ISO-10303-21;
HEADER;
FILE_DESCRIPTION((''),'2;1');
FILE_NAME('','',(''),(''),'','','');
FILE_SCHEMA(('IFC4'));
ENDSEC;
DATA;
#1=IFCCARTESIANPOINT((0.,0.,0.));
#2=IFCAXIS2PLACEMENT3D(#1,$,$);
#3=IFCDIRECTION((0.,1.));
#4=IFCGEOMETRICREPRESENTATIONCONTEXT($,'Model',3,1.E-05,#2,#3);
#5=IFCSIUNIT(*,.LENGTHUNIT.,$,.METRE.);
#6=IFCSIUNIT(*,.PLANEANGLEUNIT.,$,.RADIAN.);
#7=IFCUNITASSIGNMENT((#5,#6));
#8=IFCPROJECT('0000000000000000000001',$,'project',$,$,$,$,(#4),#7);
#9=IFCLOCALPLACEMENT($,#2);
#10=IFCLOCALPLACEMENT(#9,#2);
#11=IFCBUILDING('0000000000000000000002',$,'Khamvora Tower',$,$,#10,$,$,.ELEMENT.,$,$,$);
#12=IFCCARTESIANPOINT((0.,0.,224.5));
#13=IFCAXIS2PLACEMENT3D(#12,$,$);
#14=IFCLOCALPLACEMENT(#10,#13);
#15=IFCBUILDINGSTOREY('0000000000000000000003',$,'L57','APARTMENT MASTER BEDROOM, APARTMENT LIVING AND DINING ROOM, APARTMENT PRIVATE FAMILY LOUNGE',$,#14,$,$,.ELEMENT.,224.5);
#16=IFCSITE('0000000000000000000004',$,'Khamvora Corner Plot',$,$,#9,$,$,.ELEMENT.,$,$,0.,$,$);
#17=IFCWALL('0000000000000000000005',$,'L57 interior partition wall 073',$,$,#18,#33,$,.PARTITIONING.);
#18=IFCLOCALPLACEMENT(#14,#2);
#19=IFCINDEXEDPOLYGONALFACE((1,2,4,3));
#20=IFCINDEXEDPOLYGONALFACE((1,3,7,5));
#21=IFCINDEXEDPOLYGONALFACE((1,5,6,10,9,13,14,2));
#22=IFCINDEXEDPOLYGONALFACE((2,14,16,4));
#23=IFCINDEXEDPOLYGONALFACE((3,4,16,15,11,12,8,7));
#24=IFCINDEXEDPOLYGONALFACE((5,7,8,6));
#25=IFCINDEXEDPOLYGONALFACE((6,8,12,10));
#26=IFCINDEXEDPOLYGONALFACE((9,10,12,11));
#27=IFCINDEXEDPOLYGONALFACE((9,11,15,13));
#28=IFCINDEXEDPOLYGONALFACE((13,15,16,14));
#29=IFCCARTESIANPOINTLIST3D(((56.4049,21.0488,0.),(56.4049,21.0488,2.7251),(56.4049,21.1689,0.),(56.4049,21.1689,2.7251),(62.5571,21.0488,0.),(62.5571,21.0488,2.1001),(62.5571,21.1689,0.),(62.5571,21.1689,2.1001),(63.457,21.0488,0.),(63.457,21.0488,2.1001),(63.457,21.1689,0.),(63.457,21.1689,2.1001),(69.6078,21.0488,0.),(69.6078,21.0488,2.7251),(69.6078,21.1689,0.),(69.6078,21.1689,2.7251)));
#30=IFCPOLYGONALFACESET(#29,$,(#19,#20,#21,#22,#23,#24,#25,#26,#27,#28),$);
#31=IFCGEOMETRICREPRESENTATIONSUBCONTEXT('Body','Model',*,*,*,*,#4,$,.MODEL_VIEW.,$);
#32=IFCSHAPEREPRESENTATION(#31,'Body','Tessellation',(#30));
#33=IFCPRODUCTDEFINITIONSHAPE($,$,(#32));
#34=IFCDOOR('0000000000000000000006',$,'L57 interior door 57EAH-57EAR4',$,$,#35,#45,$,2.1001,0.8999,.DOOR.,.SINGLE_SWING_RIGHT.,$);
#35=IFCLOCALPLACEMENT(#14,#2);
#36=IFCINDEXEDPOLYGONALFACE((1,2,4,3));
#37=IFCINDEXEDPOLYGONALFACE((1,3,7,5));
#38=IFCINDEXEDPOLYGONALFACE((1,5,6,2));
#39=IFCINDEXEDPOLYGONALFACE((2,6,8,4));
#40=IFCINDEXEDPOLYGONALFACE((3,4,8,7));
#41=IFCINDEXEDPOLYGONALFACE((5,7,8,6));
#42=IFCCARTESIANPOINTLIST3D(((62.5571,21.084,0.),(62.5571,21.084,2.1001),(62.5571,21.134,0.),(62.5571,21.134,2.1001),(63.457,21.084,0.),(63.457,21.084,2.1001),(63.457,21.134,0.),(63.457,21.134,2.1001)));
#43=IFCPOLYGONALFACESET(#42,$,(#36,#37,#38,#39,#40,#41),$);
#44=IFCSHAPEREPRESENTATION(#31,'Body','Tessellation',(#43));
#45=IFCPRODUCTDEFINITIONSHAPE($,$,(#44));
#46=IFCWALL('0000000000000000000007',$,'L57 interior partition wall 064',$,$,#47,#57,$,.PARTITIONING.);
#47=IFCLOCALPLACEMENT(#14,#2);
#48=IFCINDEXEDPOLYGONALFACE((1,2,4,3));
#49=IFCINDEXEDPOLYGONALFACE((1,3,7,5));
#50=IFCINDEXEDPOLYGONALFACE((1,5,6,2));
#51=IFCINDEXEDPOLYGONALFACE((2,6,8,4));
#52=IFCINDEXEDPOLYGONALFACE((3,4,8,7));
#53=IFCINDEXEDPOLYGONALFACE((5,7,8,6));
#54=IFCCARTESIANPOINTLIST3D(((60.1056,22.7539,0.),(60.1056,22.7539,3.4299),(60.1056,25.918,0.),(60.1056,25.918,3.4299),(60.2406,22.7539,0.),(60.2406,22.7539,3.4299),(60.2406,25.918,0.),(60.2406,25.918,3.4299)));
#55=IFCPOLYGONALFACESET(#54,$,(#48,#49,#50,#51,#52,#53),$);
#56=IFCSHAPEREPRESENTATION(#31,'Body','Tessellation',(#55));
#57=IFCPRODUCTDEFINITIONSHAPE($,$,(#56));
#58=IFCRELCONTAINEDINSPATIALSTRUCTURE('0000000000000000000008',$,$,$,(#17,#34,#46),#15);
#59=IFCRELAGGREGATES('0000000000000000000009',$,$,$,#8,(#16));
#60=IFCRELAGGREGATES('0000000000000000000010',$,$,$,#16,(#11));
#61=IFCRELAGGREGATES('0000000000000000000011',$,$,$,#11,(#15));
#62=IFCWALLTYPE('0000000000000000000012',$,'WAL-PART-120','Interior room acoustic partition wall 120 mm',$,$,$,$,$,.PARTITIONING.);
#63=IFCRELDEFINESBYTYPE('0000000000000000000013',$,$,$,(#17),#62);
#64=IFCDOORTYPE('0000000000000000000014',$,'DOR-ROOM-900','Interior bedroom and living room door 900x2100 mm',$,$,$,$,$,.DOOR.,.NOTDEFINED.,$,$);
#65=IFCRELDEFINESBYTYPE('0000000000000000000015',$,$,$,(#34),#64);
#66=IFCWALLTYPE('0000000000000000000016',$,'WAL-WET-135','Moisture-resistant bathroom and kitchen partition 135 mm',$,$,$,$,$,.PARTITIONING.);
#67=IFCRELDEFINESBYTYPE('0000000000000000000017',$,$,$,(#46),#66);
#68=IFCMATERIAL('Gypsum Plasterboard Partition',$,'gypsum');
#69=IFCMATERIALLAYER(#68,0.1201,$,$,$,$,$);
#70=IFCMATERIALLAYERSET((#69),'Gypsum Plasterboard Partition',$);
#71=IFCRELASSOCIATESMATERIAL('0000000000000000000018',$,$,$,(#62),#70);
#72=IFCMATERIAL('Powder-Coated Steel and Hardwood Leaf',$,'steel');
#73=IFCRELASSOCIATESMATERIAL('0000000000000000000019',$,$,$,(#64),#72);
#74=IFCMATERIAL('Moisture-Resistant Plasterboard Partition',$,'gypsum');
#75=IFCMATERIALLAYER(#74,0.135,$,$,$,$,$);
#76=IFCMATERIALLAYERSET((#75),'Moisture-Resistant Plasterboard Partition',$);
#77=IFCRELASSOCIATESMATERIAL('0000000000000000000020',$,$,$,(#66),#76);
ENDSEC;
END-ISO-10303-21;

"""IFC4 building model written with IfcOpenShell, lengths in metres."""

from ifc_helpers import new_model, si_unit, direction, frame, frame_2d, origin, place, context, subcontext, project, spatial, rectangle, extrude, material, layer, layer_set, type_object, element, fill, save


model = new_model("IFC4")

# Units and contexts
model_context = context("Model", 3, precision=1e-05, world=origin(), true_north=direction((0.0, 1.0)))
body_context = subcontext(model_context, "Body", "Model", "MODEL_VIEW")
ifc_project = project(units=[si_unit("LENGTHUNIT", "METRE"), si_unit("PLANEANGLEUNIT", "RADIAN")], contexts=[model_context])

# Site, building, storey
site_placement = place(None, origin())
site = spatial("IfcSite", under=ifc_project, at=site_placement, Name="Khamvora Corner Plot", CompositionType="ELEMENT", RefElevation=0.0)
building_placement = place(site_placement, origin())
building = spatial("IfcBuilding", under=site, at=building_placement, Name="Khamvora Tower", CompositionType="ELEMENT")
storey_placement = place(building_placement, frame((0.0, 0.0, 224.5)))
storey = spatial("IfcBuildingStorey", under=building, at=storey_placement, Name="L57", Description="APARTMENT MASTER BEDROOM, APARTMENT LIVING AND DINING ROOM, APARTMENT PRIVATE FAMILY LOUNGE", CompositionType="ELEMENT", Elevation=224.5)

# Wall, opening, door
ifc_material_1 = material(Name="Gypsum Plasterboard Partition", Category="gypsum")
ifc_layer_1 = layer(ifc_material_1, 0.1201)
ifc_layer_set_1 = layer_set([ifc_layer_1], Name="Gypsum Plasterboard Partition")
wall_type_1 = type_object("IfcWallType", Name="WAL-PART-120", Description="Interior room acoustic partition wall 120 mm", PredefinedType="PARTITIONING", material=ifc_layer_set_1)
ifc_material_2 = material(Name="Powder-Coated Steel and Hardwood Leaf", Category="steel")
door_type = type_object("IfcDoorType", Name="DOR-ROOM-900", Description="Interior bedroom and living room door 900x2100 mm", OperationType="NOTDEFINED", PredefinedType="DOOR", material=ifc_material_2)
wall_1_placement = place(storey_placement, frame((69.6079, 21.1089, 0.0), z_axis=(0.0, 0.0, 1.0), x_axis=(-1.0, 0.0, 0.0)))
wall_1 = element("IfcWall", 1, at=wall_1_placement, inside=storey, type_object=wall_type_1, Name="L57 interior partition wall 073", PredefinedType="PARTITIONING", context=body_context, shape_type="SweptSolid", body=[
    extrude(rectangle(XDim=13.2029, YDim=0.1201, at=frame_2d((6.6016, 0.0))), origin(), (0.0, 0.0, 1.0), 2.7251),
])
opening_1_placement = place(wall_1_placement, frame((6.1509, 0.0, 0.0)))
opening_1 = element("IfcOpeningElement", 2, at=opening_1_placement, cuts=wall_1, PredefinedType="OPENING", context=body_context, shape_type="SweptSolid", body=[
    extrude(rectangle(XDim=0.8999, YDim=2.1001, at=frame_2d((0.45, 1.05))), frame((0.0, 0.0701, 0.0), z_axis=(0.0, -1.0, 0.0), x_axis=(1.0, 0.0, 0.0)), (0.0, 0.0, 1.0), 0.1401),
])
door_1_placement = place(opening_1_placement, origin())
door_1 = element("IfcDoor", 3, at=door_1_placement, inside=storey, type_object=door_type, Name="L57 interior door 57EAH-57EAR4", OperationType="SINGLE_SWING_RIGHT", OverallHeight=2.1001, OverallWidth=0.8999, PredefinedType="DOOR", context=body_context, shape_type="SweptSolid", body=[
    extrude(rectangle(XDim=0.8999, YDim=2.1001, at=frame_2d((0.45, 1.05))), frame((0.0, 0.0249, 0.0), z_axis=(0.0, -1.0, 0.0), x_axis=(1.0, 0.0, 0.0)), (0.0, 0.0, 1.0), 0.05),
])
fill(opening_1, door_1)

# Wall
ifc_material_3 = material(Name="Moisture-Resistant Plasterboard Partition", Category="gypsum")
ifc_layer_2 = layer(ifc_material_3, 0.135)
ifc_layer_set_2 = layer_set([ifc_layer_2], Name="Moisture-Resistant Plasterboard Partition")
wall_type_2 = type_object("IfcWallType", Name="WAL-WET-135", Description="Moisture-resistant bathroom and kitchen partition 135 mm", PredefinedType="PARTITIONING", material=ifc_layer_set_2)
wall_2_placement = place(storey_placement, frame((60.1731, 22.7539, 0.0), z_axis=(0.0, 0.0, 1.0), x_axis=(0.0, 1.0, 0.0)))
element("IfcWall", 4, at=wall_2_placement, inside=storey, type_object=wall_type_2, Name="L57 interior partition wall 064", PredefinedType="PARTITIONING", context=body_context, shape_type="SweptSolid", body=[
    extrude(rectangle(XDim=3.1641, YDim=0.135, at=frame_2d((1.582, 0.0))), origin(), (0.0, 0.0, 1.0), 3.4299),
])

save(model, "model.ifc")
